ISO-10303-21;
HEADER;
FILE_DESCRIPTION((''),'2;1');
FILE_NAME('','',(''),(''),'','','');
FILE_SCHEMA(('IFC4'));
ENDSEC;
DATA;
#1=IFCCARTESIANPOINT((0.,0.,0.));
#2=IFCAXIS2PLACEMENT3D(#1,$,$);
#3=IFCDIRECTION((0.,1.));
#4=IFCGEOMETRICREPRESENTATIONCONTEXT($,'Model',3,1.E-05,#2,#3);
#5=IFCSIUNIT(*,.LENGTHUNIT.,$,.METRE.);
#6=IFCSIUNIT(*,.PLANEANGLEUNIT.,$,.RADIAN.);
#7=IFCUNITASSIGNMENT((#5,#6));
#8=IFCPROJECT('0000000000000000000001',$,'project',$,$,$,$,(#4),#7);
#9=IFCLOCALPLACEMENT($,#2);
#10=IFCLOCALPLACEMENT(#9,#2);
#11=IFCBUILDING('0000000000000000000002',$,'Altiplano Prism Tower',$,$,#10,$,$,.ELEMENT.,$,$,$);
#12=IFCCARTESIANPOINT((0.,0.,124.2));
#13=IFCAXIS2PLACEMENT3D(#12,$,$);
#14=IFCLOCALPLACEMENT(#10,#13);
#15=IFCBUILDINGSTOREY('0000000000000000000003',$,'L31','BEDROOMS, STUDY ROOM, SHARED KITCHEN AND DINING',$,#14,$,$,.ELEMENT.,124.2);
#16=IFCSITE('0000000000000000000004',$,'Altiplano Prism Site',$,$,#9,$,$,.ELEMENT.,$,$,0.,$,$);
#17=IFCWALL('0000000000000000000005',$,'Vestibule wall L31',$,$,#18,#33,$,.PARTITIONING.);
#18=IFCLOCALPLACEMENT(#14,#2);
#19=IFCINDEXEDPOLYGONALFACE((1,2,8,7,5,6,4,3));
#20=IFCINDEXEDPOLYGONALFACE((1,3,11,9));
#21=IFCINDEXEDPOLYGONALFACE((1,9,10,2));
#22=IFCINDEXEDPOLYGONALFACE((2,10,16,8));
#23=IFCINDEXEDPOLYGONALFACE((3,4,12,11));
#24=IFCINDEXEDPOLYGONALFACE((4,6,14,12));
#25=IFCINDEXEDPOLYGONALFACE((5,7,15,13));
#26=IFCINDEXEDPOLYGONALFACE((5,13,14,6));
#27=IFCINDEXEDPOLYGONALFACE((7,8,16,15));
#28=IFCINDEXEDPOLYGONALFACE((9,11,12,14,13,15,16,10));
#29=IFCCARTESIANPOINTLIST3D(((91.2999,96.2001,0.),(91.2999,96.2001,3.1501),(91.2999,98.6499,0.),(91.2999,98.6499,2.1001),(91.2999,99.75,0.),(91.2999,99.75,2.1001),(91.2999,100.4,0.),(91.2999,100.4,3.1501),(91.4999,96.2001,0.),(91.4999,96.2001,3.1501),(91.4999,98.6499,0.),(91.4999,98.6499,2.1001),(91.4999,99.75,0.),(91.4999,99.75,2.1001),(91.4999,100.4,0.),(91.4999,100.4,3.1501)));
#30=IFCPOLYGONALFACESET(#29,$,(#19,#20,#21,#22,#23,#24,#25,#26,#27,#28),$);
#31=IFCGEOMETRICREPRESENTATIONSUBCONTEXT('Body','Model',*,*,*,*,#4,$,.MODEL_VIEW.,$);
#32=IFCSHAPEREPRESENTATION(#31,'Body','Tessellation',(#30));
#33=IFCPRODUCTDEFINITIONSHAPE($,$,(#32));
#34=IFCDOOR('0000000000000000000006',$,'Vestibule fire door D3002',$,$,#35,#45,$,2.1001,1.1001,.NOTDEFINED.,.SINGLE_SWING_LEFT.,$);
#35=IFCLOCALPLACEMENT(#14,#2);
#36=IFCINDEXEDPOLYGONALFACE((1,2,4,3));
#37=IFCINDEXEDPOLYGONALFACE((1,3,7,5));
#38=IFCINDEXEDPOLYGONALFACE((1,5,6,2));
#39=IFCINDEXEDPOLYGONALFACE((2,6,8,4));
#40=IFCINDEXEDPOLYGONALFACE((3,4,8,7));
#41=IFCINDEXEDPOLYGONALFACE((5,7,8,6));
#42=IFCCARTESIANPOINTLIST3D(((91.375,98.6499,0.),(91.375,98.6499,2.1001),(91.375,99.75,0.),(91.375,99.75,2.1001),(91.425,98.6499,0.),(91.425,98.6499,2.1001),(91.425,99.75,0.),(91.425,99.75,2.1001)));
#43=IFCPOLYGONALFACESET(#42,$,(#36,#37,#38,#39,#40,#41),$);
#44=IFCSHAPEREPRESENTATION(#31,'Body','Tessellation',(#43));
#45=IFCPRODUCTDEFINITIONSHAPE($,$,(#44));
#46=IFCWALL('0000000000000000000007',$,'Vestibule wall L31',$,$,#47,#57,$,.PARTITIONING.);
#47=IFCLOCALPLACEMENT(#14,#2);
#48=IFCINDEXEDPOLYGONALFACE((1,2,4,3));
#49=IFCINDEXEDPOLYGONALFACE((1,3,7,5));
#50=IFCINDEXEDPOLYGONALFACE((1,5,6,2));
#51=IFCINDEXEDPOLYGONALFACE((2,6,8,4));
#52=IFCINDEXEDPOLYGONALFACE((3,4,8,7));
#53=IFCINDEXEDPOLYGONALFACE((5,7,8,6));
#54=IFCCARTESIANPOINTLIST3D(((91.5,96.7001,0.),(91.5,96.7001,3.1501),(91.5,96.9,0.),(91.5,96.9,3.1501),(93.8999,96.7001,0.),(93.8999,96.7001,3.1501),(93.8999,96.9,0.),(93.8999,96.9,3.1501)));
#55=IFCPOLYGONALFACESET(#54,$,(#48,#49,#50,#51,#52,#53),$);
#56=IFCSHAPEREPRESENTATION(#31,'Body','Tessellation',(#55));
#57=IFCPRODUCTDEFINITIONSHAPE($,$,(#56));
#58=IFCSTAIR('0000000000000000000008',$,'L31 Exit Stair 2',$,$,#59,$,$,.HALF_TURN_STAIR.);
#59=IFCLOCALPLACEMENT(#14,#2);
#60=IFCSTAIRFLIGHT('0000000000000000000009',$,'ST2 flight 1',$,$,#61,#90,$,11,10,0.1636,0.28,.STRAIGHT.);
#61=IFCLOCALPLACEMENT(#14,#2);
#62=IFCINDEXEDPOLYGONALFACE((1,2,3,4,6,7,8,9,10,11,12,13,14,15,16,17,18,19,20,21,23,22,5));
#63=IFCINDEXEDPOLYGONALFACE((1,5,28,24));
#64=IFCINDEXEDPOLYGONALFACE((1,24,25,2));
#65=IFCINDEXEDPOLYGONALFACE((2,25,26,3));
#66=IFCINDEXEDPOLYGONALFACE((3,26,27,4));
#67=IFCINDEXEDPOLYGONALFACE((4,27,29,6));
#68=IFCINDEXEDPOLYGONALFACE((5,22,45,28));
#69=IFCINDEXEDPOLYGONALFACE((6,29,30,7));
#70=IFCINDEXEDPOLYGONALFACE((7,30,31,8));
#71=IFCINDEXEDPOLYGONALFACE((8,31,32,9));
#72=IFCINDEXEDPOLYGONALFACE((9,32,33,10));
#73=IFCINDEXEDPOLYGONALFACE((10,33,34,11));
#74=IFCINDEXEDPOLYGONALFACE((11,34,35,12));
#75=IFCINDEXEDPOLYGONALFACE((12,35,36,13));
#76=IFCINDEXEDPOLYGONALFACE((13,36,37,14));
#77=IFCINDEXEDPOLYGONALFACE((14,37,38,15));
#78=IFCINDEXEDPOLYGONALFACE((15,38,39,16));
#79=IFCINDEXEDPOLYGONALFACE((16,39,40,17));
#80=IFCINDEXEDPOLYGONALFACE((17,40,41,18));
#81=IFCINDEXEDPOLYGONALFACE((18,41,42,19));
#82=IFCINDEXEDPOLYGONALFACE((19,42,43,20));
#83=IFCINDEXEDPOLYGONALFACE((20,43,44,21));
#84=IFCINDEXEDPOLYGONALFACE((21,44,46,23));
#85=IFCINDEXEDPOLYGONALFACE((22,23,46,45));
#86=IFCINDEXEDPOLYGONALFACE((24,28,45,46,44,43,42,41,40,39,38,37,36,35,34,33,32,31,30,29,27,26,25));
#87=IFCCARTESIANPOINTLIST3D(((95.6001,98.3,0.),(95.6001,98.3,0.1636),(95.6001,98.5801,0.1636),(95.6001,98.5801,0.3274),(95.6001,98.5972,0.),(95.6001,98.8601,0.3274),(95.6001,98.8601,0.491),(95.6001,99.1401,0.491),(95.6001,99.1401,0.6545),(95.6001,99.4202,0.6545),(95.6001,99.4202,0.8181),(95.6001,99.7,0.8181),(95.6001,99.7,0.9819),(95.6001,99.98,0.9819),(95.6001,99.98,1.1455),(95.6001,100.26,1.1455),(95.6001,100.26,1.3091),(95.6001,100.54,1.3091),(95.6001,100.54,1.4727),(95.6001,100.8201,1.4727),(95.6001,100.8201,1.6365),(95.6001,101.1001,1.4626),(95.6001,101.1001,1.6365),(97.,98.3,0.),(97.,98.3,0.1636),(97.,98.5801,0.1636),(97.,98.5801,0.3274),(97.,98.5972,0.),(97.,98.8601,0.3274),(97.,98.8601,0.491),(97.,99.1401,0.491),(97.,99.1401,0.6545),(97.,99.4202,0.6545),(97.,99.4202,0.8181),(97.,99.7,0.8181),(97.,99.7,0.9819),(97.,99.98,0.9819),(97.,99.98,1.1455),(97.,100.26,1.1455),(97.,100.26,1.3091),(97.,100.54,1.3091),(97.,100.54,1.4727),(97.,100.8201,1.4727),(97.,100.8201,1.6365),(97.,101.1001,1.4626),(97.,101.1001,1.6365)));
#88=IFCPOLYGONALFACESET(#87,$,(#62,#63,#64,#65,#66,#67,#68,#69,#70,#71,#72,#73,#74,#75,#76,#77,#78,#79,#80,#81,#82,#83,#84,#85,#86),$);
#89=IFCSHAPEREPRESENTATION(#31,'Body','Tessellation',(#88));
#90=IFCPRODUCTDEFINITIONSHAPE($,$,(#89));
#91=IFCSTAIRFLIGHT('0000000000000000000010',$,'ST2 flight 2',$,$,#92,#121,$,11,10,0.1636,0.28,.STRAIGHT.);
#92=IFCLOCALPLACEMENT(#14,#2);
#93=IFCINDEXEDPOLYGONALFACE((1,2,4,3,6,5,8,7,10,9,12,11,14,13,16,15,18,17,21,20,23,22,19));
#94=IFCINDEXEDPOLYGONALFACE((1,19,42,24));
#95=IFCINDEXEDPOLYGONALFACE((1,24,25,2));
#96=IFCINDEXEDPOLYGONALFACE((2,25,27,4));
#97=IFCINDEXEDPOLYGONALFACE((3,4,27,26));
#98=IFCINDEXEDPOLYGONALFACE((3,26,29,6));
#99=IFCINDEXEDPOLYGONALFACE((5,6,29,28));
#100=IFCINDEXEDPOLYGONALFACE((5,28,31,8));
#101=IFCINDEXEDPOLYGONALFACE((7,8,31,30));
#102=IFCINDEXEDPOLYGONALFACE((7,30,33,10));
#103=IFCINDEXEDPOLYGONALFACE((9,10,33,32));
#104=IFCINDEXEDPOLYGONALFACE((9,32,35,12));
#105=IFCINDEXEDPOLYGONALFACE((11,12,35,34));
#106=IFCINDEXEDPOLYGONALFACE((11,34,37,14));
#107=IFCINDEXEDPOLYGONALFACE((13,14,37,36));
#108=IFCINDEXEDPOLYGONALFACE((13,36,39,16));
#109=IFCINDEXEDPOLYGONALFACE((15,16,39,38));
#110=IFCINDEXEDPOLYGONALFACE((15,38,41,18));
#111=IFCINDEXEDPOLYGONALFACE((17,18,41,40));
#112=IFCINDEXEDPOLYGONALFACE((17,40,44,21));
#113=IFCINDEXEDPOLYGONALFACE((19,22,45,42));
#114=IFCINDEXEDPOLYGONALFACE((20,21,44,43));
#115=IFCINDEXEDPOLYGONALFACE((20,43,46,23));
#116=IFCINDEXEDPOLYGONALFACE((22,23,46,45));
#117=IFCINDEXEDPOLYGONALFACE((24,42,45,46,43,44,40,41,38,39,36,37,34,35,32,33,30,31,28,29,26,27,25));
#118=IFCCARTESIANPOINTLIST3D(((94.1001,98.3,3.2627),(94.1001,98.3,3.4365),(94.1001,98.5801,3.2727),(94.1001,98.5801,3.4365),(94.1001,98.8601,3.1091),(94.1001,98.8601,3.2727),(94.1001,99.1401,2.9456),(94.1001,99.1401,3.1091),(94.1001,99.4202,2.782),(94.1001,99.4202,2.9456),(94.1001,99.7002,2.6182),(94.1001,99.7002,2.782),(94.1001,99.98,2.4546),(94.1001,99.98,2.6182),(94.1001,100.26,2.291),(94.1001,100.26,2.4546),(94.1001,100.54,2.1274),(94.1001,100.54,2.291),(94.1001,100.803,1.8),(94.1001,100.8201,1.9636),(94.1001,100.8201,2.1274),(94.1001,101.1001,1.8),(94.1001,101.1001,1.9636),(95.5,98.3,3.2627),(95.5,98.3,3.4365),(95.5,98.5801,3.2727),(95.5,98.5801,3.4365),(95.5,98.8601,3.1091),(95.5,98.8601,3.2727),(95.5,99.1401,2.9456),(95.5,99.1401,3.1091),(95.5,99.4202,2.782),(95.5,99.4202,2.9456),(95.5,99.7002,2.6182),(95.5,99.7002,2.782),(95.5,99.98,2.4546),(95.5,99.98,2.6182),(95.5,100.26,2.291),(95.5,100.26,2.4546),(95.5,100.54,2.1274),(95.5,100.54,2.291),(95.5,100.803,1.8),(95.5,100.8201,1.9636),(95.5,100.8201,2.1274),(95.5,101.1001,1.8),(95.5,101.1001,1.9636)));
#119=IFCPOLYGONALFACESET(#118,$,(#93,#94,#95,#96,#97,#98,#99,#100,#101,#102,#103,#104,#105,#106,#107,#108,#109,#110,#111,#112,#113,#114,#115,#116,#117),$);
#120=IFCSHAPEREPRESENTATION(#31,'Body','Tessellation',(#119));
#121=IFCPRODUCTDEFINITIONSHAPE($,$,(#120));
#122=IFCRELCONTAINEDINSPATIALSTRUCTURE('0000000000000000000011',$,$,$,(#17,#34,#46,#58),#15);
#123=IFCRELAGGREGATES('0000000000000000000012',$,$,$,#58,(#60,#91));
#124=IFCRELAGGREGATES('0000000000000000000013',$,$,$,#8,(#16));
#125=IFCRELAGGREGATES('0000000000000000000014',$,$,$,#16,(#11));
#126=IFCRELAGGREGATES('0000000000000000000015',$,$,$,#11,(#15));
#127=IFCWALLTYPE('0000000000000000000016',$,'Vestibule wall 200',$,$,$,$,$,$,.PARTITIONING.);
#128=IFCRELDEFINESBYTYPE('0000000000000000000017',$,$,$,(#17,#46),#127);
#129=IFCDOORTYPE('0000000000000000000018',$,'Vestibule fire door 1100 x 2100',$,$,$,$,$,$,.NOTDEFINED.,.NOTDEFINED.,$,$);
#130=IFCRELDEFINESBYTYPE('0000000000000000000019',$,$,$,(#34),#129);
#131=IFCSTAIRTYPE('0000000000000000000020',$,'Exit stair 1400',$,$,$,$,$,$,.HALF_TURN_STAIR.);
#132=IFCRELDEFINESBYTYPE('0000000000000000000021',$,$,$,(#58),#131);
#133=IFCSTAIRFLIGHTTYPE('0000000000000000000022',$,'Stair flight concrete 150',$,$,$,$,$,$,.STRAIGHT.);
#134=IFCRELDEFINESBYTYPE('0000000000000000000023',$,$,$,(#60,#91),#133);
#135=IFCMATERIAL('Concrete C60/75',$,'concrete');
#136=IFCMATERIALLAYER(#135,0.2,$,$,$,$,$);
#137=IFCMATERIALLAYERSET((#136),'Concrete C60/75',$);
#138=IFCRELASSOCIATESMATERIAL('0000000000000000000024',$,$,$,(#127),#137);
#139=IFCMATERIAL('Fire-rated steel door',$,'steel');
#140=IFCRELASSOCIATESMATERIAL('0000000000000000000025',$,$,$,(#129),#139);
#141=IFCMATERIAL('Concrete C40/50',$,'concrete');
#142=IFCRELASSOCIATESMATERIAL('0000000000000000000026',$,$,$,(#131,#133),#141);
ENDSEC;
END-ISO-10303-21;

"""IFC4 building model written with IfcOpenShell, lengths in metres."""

from ifc_helpers import new_model, si_unit, direction, frame, frame_2d, origin, place, context, subcontext, project, spatial, polyline, rectangle, outline, extrude, material, layer, layer_set, type_object, element, fill, aggregate, save


model = new_model("IFC4")

# Units and contexts
model_context = context("Model", 3, precision=1e-05, world=origin(), true_north=direction((0.0, 1.0)))
body_context = subcontext(model_context, "Body", "Model", "MODEL_VIEW")
ifc_project = project(units=[si_unit("LENGTHUNIT", "METRE"), si_unit("PLANEANGLEUNIT", "RADIAN")], contexts=[model_context])

# Site, building, storey
site_placement = place(None, origin())
site = spatial("IfcSite", under=ifc_project, at=site_placement, Name="Altiplano Prism Site", CompositionType="ELEMENT", RefElevation=0.0)
building_placement = place(site_placement, origin())
building = spatial("IfcBuilding", under=site, at=building_placement, Name="Altiplano Prism Tower", CompositionType="ELEMENT")
storey_placement = place(building_placement, frame((0.0, 0.0, 124.2)))
storey = spatial("IfcBuildingStorey", under=building, at=storey_placement, Name="L31", Description="BEDROOMS, STUDY ROOM, SHARED KITCHEN AND DINING", CompositionType="ELEMENT", Elevation=124.2)

# Shared definitions
ifc_material_1 = material(Name="Concrete C60/75", Category="concrete")

# Shared definitions
ifc_material_2 = material(Name="Fire-rated steel door", Category="steel")

# Shared definitions
ifc_layer_1 = layer(ifc_material_1, 0.2)
ifc_layer_set_1 = layer_set([ifc_layer_1], Name="Concrete C60/75")
wall_type_1 = type_object("IfcWallType", Name="Vestibule wall 200", PredefinedType="PARTITIONING", material=ifc_layer_set_1)
door_type_1 = type_object("IfcDoorType", Name="Vestibule fire door 1100 x 2100", OperationType="NOTDEFINED", PredefinedType="NOTDEFINED", material=ifc_material_2)

# Wall, opening, door
wall_1_placement = place(storey_placement, frame((91.3999, 96.2, 0.0), z_axis=(0.0, 0.0, 1.0), x_axis=(0.0, 1.0, 0.0)))
wall_1 = element("IfcWall", 1, at=wall_1_placement, inside=storey, type_object=wall_type_1, Name="Vestibule wall L31", PredefinedType="PARTITIONING", context=body_context, shape_type="SweptSolid", body=[
    extrude(rectangle(XDim=4.2, YDim=0.2, at=frame_2d((2.1001, 0.0))), origin(), (0.0, 0.0, 1.0), 3.1501),
])
opening_1_placement = place(wall_1_placement, frame((2.45, 0.0, 0.0)))
opening_1 = element("IfcOpeningElement", 2, at=opening_1_placement, cuts=wall_1, PredefinedType="OPENING", context=body_context, shape_type="SweptSolid", body=[
    extrude(rectangle(XDim=1.1001, YDim=2.1001, at=frame_2d((0.55, 1.05))), frame((0.0, 0.1104, 0.0), z_axis=(0.0, -1.0, 0.0), x_axis=(1.0, 0.0, 0.0)), (0.0, 0.0, 1.0), 0.2209),
])
door_1_placement = place(opening_1_placement, origin())
door_1 = element("IfcDoor", 3, at=door_1_placement, inside=storey, type_object=door_type_1, Name="Vestibule fire door D3002", OperationType="SINGLE_SWING_LEFT", OverallHeight=2.1001, OverallWidth=1.1001, PredefinedType="NOTDEFINED", context=body_context, shape_type="SweptSolid", body=[
    extrude(rectangle(XDim=1.1001, YDim=2.1001, at=frame_2d((0.55, 1.05))), frame((0.0, 0.0249, 0.0), z_axis=(0.0, -1.0, 0.0), x_axis=(1.0, 0.0, 0.0)), (0.0, 0.0, 1.0), 0.05),
])
fill(opening_1, door_1)

# Wall
wall_2_placement = place(storey_placement, frame((91.5, 96.8, 0.0), z_axis=(0.0, 0.0, 1.0), x_axis=(1.0, 0.0, 0.0)))
element("IfcWall", 4, at=wall_2_placement, inside=storey, type_object=wall_type_1, Name="Vestibule wall L31", PredefinedType="PARTITIONING", context=body_context, shape_type="SweptSolid", body=[
    extrude(rectangle(XDim=2.3999, YDim=0.2, at=frame_2d((1.2, 0.0))), origin(), (0.0, 0.0, 1.0), 3.1501),
])

# Stair, stair flights
ifc_material_3 = material(Name="Concrete C40/50", Category="concrete")
stair_type = type_object("IfcStairType", Name="Exit stair 1400", PredefinedType="HALF_TURN_STAIR", material=ifc_material_3)
stair_placement = place(storey_placement, origin())
stair = element("IfcStair", 5, at=stair_placement, inside=storey, type_object=stair_type, Name="L31 Exit Stair 2", PredefinedType="HALF_TURN_STAIR")
stair_flight_type = type_object("IfcStairFlightType", Name="Stair flight concrete 150", PredefinedType="STRAIGHT", material=ifc_material_3)
stair_flight_1_placement = place(storey_placement, frame((96.3, 98.3, 0.0), z_axis=(0.0, 0.0, 1.0), x_axis=(0.0, 1.0, 0.0)))
stair_flight_1 = element("IfcStairFlight", 6, at=stair_flight_1_placement, type_object=stair_flight_type, Name="ST2 flight 1", NumberOfRisers=11, NumberOfTreads=10, PredefinedType="STRAIGHT", RiserHeight=0.1636, TreadLength=0.28, context=body_context, shape_type="SweptSolid", body=[
    extrude(outline(polyline([(0.0, 0.0), (0.0, 0.1636), (0.28, 0.1636), (0.28, 0.3274), (0.5601, 0.3274), (0.5601, 0.491), (0.8401, 0.491), (0.8401, 0.6545), (1.1201, 0.6545), (1.1201, 0.8181), (1.3999, 0.8181), (1.3999, 0.9819), (1.6799, 0.9819), (1.6799, 1.1455), (1.96, 1.1455), (1.96, 1.3091), (2.24, 1.3091), (2.24, 1.4727), (2.52, 1.4727), (2.52, 1.6365), (2.8, 1.6365), (2.8, 1.8), (2.8, 1.4626), (0.2971, 0.0), (0.0, 0.0)])), frame((0.0, 0.7, 0.0), z_axis=(0.0, -1.0, 0.0), x_axis=(1.0, 0.0, 0.0)), (0.0, 0.0, 1.0), 1.3999),
])
stair_flight_2_placement = place(storey_placement, frame((94.8, 101.1001, 1.8), z_axis=(0.0, 0.0, 1.0), x_axis=(0.0, -1.0, 0.0)))
stair_flight_2 = element("IfcStairFlight", 7, at=stair_flight_2_placement, type_object=stair_flight_type, Name="ST2 flight 2", NumberOfRisers=11, NumberOfTreads=10, PredefinedType="STRAIGHT", RiserHeight=0.1636, TreadLength=0.28, context=body_context, shape_type="SweptSolid", body=[
    extrude(outline(polyline([(0.0, 0.0), (0.0, 0.1636), (0.28, 0.1636), (0.28, 0.3274), (0.5601, 0.3274), (0.5601, 0.491), (0.8401, 0.491), (0.8401, 0.6545), (1.1201, 0.6545), (1.1201, 0.8181), (1.3999, 0.8181), (1.3999, 0.9819), (1.6799, 0.9819), (1.6799, 1.1455), (1.96, 1.1455), (1.96, 1.3091), (2.24, 1.3091), (2.24, 1.4727), (2.52, 1.4727), (2.52, 1.6365), (2.8, 1.6365), (2.8, 1.8), (2.8, 1.4626), (0.2971, 0.0), (0.0, 0.0)])), frame((0.0, 0.7, 0.0), z_axis=(0.0, -1.0, 0.0), x_axis=(1.0, 0.0, 0.0)), (0.0, 0.0, 1.0), 1.3999),
])
aggregate(stair, [stair_flight_1, stair_flight_2])

save(model, "model.ifc")
